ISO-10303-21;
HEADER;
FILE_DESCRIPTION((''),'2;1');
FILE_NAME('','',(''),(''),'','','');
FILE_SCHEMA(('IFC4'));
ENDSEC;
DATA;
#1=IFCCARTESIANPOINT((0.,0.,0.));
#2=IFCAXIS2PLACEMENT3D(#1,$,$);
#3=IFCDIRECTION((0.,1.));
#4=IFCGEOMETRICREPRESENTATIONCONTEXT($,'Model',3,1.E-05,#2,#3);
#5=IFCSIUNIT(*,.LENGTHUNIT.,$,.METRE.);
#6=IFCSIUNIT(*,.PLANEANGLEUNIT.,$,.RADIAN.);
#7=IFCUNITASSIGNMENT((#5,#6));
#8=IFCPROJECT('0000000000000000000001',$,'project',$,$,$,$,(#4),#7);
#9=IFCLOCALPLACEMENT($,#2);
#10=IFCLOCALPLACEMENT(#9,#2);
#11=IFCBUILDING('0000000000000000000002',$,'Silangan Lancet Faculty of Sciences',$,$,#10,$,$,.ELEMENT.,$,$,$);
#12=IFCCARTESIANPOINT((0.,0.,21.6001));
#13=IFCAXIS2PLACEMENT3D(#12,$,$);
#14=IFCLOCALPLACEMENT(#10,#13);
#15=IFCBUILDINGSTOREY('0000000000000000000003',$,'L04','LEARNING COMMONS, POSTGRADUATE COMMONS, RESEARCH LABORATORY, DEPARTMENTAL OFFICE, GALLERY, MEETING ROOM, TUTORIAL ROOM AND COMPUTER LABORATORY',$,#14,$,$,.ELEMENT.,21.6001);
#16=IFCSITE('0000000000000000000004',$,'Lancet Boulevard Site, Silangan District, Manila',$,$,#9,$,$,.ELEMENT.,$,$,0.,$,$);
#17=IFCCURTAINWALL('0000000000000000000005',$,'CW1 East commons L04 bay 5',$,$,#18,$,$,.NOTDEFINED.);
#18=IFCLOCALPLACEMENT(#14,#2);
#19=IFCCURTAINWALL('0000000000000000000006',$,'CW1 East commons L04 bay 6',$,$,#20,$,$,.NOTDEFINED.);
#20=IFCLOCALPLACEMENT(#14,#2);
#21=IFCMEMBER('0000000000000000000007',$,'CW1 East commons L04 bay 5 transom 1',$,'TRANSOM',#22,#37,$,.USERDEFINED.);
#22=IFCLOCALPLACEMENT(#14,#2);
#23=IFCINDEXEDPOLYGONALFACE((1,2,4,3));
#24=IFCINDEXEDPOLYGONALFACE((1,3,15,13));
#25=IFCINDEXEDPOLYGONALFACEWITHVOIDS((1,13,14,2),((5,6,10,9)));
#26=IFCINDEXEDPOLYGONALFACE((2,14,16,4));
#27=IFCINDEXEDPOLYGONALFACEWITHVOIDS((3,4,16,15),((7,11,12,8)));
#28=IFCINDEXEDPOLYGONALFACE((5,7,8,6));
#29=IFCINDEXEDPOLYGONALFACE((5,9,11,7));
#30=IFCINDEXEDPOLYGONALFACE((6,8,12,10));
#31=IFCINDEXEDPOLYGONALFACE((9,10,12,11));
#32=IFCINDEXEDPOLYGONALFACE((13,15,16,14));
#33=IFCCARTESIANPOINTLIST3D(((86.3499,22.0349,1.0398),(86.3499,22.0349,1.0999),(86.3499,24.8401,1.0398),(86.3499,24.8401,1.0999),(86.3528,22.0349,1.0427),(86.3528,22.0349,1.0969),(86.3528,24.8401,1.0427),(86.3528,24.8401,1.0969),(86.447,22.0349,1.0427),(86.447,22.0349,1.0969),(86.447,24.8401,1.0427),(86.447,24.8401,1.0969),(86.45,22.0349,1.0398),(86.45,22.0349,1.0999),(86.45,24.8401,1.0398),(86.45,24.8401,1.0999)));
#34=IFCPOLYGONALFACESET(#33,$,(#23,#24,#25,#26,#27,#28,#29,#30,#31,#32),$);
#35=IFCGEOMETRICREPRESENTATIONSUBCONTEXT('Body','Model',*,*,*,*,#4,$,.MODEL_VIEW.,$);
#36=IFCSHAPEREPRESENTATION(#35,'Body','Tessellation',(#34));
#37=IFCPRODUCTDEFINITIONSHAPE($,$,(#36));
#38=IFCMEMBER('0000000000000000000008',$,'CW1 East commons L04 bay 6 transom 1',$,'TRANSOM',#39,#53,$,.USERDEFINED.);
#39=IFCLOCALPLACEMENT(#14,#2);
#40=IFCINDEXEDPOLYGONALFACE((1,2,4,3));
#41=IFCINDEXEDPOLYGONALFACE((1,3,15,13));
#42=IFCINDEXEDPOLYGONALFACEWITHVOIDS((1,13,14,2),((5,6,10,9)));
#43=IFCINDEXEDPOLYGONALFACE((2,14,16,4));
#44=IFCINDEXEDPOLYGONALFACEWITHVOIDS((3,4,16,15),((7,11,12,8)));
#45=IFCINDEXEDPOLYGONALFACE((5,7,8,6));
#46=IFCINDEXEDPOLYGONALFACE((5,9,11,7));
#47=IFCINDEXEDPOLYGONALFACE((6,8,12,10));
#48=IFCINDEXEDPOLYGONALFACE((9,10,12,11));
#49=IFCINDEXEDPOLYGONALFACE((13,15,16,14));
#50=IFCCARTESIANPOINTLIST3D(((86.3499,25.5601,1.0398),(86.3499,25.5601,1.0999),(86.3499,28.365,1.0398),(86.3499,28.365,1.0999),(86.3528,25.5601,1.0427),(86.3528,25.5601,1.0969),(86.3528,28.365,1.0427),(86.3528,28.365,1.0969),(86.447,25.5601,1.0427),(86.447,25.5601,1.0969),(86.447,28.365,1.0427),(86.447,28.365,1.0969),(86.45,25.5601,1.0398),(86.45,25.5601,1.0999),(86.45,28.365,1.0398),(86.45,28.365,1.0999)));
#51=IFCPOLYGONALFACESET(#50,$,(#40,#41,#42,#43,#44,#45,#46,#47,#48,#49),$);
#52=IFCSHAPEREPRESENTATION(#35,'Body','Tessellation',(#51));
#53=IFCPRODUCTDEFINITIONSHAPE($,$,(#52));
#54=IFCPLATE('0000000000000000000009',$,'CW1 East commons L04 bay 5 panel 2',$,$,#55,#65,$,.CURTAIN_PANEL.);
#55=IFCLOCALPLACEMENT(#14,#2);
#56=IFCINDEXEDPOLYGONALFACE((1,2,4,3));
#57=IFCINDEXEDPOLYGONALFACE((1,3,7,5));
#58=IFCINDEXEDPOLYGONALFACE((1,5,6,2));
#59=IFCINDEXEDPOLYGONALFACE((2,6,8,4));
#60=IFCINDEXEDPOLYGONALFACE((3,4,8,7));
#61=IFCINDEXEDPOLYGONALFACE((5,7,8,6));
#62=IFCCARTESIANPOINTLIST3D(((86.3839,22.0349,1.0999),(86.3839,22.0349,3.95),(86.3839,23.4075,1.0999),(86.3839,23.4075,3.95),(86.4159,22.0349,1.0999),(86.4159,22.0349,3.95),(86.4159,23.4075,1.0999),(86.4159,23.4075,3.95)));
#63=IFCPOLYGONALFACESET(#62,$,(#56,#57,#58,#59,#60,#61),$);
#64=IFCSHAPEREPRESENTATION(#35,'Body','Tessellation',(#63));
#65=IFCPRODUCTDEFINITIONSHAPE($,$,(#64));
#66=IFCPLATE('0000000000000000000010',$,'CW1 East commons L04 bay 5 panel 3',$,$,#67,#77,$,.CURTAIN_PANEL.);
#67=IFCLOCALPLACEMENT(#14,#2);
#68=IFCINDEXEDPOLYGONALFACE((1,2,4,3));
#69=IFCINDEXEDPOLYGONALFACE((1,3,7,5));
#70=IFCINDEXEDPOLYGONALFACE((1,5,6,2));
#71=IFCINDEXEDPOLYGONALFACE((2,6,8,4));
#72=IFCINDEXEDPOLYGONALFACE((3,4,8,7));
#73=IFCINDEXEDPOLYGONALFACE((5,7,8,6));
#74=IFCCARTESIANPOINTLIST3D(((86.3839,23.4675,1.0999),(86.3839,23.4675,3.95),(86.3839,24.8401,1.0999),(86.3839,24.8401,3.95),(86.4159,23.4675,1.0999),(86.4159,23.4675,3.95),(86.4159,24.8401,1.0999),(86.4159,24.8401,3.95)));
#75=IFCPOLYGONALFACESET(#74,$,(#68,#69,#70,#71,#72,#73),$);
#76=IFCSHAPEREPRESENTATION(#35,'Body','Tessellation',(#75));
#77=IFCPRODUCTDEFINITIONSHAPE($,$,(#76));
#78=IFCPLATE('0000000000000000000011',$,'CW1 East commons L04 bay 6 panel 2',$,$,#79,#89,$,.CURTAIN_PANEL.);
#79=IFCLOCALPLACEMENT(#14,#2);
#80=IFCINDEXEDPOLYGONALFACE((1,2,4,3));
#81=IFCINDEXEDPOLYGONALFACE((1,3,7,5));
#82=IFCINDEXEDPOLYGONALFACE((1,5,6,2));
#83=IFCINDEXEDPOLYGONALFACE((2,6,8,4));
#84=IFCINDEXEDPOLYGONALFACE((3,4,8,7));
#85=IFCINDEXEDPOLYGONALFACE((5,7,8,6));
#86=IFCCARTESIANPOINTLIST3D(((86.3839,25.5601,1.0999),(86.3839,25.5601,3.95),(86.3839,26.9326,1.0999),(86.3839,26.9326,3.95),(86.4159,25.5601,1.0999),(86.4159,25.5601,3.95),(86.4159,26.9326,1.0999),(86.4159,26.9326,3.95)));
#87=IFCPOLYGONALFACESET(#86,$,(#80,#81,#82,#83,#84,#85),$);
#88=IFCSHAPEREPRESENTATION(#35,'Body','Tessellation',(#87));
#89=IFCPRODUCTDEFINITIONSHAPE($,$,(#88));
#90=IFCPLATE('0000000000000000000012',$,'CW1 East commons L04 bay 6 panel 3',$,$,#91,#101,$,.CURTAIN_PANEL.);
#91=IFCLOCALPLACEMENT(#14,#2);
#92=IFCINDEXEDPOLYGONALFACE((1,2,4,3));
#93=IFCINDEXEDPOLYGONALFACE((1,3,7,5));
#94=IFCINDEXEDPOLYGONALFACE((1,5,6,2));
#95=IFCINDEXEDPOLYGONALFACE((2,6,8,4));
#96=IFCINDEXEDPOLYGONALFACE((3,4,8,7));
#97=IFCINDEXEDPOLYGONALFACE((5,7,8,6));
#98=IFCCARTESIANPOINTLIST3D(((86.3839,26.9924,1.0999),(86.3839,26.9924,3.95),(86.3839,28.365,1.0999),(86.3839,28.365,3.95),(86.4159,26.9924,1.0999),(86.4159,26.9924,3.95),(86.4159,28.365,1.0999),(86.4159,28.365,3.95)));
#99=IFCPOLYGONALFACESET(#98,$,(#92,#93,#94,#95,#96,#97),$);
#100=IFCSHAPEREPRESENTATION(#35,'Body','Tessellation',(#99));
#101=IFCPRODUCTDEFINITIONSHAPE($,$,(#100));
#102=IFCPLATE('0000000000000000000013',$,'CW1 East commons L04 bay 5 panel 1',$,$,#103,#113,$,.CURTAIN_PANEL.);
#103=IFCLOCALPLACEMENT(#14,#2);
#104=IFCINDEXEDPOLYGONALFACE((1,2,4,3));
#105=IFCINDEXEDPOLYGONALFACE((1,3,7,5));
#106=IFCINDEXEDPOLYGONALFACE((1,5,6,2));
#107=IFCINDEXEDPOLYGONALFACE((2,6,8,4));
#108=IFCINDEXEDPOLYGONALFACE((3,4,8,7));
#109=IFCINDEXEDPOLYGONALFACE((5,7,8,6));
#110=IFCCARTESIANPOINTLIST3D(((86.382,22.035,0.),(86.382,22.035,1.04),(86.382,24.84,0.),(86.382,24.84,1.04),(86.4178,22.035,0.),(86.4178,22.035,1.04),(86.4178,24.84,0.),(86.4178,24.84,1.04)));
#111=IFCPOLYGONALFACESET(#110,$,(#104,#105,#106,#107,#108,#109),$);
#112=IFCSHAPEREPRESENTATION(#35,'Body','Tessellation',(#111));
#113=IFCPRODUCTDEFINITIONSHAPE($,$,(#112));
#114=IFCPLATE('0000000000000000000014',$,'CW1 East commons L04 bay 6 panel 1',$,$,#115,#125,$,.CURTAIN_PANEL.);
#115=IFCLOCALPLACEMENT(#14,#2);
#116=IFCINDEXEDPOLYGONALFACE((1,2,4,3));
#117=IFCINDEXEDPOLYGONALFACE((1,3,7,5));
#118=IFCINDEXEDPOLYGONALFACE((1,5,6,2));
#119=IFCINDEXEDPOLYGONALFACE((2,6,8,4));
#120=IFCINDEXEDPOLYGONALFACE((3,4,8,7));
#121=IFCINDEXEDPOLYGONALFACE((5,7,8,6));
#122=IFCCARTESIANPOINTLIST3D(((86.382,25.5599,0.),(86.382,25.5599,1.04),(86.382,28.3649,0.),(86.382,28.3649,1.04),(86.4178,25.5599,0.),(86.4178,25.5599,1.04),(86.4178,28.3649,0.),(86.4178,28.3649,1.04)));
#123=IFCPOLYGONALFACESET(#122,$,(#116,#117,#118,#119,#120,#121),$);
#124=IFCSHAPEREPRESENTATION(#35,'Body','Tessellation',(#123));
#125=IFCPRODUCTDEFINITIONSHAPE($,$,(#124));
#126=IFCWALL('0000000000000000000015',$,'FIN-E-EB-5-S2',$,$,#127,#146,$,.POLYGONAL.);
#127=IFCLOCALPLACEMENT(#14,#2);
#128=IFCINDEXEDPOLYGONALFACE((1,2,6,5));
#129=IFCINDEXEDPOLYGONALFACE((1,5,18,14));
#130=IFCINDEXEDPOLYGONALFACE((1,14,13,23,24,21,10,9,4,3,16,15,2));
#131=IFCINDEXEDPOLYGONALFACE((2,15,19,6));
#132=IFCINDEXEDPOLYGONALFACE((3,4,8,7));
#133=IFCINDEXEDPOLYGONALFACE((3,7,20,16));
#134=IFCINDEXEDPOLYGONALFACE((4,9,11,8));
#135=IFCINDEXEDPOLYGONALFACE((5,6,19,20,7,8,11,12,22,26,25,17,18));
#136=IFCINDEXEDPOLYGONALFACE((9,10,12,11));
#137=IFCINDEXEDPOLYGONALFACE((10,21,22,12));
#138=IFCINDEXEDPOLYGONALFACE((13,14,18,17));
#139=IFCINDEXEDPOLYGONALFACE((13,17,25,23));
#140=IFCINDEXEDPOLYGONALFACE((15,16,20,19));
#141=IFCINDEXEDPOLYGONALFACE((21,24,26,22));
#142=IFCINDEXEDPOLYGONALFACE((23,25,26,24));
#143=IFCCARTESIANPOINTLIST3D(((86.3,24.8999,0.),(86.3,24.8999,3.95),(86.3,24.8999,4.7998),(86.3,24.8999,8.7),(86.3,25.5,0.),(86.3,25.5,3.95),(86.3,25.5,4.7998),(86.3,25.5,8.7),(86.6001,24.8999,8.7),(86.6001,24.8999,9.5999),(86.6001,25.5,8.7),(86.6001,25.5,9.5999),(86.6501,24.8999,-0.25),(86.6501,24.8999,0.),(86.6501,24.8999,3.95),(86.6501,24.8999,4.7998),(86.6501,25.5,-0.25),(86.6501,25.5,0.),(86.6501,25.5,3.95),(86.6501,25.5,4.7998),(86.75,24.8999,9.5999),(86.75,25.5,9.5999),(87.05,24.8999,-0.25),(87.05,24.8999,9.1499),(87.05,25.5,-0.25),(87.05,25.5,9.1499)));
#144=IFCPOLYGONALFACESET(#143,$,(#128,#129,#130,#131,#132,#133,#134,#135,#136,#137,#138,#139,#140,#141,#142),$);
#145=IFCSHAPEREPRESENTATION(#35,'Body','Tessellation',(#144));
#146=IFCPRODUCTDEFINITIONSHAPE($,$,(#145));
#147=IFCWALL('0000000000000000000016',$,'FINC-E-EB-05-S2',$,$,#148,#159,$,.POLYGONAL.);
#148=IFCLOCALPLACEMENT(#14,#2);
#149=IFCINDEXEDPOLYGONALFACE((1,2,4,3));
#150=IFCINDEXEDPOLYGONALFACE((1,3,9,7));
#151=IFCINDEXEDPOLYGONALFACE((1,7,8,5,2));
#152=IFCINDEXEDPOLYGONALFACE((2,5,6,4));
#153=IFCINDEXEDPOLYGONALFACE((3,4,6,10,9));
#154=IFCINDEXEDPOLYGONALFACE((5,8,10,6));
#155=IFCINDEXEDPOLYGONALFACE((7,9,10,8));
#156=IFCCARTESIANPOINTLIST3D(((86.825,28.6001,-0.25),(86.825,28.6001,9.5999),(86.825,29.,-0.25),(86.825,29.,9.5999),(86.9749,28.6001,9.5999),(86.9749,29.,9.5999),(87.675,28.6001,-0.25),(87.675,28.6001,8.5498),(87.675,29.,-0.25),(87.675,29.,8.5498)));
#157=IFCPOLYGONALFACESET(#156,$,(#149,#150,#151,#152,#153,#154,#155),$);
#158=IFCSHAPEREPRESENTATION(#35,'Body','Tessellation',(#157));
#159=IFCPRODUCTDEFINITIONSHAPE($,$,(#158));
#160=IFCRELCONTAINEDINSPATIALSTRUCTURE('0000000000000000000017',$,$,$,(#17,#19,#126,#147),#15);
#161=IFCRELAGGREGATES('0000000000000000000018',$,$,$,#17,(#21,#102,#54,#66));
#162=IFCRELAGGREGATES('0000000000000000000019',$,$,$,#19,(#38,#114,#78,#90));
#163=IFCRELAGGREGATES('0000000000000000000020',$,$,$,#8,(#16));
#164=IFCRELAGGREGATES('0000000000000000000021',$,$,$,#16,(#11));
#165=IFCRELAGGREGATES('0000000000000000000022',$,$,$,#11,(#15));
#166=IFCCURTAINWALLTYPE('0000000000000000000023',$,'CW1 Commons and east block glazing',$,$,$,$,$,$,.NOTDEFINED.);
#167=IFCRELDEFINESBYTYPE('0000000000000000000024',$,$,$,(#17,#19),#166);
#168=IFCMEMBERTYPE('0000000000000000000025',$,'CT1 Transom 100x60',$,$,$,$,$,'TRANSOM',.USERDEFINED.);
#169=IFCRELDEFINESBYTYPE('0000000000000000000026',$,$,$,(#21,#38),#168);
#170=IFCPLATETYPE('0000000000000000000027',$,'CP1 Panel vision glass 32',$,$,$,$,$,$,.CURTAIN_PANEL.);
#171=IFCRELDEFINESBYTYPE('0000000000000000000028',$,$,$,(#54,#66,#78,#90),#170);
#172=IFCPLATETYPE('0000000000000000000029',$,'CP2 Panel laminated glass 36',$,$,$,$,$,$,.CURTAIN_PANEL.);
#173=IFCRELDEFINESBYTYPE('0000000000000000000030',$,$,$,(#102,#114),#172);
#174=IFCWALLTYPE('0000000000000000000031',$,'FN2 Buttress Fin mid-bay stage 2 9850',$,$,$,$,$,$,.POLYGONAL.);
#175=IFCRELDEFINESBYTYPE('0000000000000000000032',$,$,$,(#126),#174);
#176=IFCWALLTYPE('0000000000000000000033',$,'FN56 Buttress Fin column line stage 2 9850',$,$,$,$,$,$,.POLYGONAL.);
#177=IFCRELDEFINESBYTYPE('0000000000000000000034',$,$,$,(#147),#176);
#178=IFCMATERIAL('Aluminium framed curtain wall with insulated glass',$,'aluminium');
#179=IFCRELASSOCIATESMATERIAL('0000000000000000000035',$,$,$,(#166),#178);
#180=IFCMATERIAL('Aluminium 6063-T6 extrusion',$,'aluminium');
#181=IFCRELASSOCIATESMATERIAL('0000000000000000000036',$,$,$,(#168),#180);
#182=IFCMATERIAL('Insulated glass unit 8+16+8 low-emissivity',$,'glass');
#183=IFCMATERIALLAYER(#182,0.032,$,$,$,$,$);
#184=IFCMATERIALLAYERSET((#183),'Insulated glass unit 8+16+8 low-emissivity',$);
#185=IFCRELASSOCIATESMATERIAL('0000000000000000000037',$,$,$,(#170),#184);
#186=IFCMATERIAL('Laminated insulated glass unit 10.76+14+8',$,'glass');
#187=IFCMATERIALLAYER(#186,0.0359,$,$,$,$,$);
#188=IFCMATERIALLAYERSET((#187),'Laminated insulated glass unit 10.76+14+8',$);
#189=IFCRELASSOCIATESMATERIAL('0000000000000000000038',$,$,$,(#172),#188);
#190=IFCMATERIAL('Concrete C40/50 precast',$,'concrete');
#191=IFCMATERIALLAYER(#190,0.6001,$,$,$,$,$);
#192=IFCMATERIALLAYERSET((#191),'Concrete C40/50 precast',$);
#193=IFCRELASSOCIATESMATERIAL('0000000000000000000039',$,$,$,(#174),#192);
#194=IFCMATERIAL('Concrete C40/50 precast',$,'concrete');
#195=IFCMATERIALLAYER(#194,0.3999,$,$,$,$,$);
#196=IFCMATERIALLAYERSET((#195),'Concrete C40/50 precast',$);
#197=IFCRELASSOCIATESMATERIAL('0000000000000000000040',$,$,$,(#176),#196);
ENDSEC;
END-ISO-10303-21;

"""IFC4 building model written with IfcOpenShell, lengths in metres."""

from ifc_helpers import new_model, si_unit, direction, frame, origin, origin_2d, place, context, subcontext, project, spatial, polyline, rectangle, hollow_rectangle, outline, extrude, material, layer, layer_set, material_profile, profile_set, type_object, element, aggregate, save


model = new_model("IFC4")

# Units and contexts
model_context = context("Model", 3, precision=1e-05, world=origin(), true_north=direction((0.0, 1.0)))
body_context = subcontext(model_context, "Body", "Model", "MODEL_VIEW")
ifc_project = project(units=[si_unit("LENGTHUNIT", "METRE"), si_unit("PLANEANGLEUNIT", "RADIAN")], contexts=[model_context])

# Site, building, storey
site_placement = place(None, origin())
site = spatial("IfcSite", under=ifc_project, at=site_placement, Name="Lancet Boulevard Site, Silangan District, Manila", CompositionType="ELEMENT", RefElevation=0.0)
building_placement = place(site_placement, origin())
building = spatial("IfcBuilding", under=site, at=building_placement, Name="Silangan Lancet Faculty of Sciences", CompositionType="ELEMENT")
storey_placement = place(building_placement, frame((0.0, 0.0, 21.6001)))
storey = spatial("IfcBuildingStorey", under=building, at=storey_placement, Name="L04", Description="LEARNING COMMONS, POSTGRADUATE COMMONS, RESEARCH LABORATORY, DEPARTMENTAL OFFICE, GALLERY, MEETING ROOM, TUTORIAL ROOM AND COMPUTER LABORATORY", CompositionType="ELEMENT", Elevation=21.6001)

# Curtain walls
ifc_material_1 = material(Name="Aluminium framed curtain wall with insulated glass", Category="aluminium")
curtain_wall_type = type_object("IfcCurtainWallType", Name="CW1 Commons and east block glazing", PredefinedType="NOTDEFINED", material=ifc_material_1)
curtain_wall_1_placement = place(storey_placement, origin())
curtain_wall_1 = element("IfcCurtainWall", 1, at=curtain_wall_1_placement, inside=storey, type_object=curtain_wall_type, Name="CW1 East commons L04 bay 5", PredefinedType="NOTDEFINED")
curtain_wall_2_placement = place(storey_placement, origin())
curtain_wall_2 = element("IfcCurtainWall", 2, at=curtain_wall_2_placement, inside=storey, type_object=curtain_wall_type, Name="CW1 East commons L04 bay 6", PredefinedType="NOTDEFINED")

# Members
ifc_material_2 = material(Name="Aluminium 6063-T6 extrusion", Category="aluminium")
ifc_material_profile_1 = material_profile(ifc_material_2, hollow_rectangle(XDim=0.1001, YDim=0.0601, WallThickness=0.0029, at=origin_2d()), Name="AL BOX 100x60x3")
ifc_profile_set_1 = profile_set([ifc_material_profile_1], Name="Aluminium 6063-T6 extrusion")
member_type_1 = type_object("IfcMemberType", Name="CT1 Transom 100x60", ElementType="TRANSOM", PredefinedType="USERDEFINED", material=ifc_profile_set_1)
member_1_placement = place(storey_placement, frame((86.3999, 22.0349, 1.0698), z_axis=(0.0, 1.0, 0.0), x_axis=(-1.0, 0.0, 0.0)))
member_1 = element("IfcMember", 3, at=member_1_placement, type_object=member_type_1, Name="CW1 East commons L04 bay 5 transom 1", ObjectType="TRANSOM", PredefinedType="USERDEFINED", context=body_context, shape_type="SweptSolid", body=[
    extrude(hollow_rectangle(XDim=0.1001, YDim=0.0601, WallThickness=0.0029, at=origin_2d()), origin(), (0.0, 0.0, 1.0), 2.8052),
])
member_2_placement = place(storey_placement, frame((86.3999, 25.5601, 1.0698), z_axis=(0.0, 1.0, 0.0), x_axis=(-1.0, 0.0, 0.0)))
member_2 = element("IfcMember", 4, at=member_2_placement, type_object=member_type_1, Name="CW1 East commons L04 bay 6 transom 1", ObjectType="TRANSOM", PredefinedType="USERDEFINED", context=body_context, shape_type="SweptSolid", body=[
    extrude(hollow_rectangle(XDim=0.1001, YDim=0.0601, WallThickness=0.0029, at=origin_2d()), origin(), (0.0, 0.0, 1.0), 2.8049),
])

# Plates
ifc_material_3 = material(Name="Insulated glass unit 8+16+8 low-emissivity", Category="glass")
ifc_layer_1 = layer(ifc_material_3, 0.032)
ifc_layer_set_1 = layer_set([ifc_layer_1], Name="Insulated glass unit 8+16+8 low-emissivity")
plate_type_1 = type_object("IfcPlateType", Name="CP1 Panel vision glass 32", PredefinedType="CURTAIN_PANEL", material=ifc_layer_set_1)
plate_1_placement = place(storey_placement, frame((86.3999, 22.7212, 1.0999), z_axis=(0.0, 0.0, 1.0), x_axis=(0.0, 1.0, 0.0)))
plate_1 = element("IfcPlate", 5, at=plate_1_placement, type_object=plate_type_1, Name="CW1 East commons L04 bay 5 panel 2", PredefinedType="CURTAIN_PANEL", context=body_context, shape_type="SweptSolid", body=[
    extrude(rectangle(XDim=1.3726, YDim=0.032, at=origin_2d()), origin(), (0.0, 0.0, 1.0), 2.8501),
])
plate_2_placement = place(storey_placement, frame((86.3999, 24.1538, 1.0999), z_axis=(0.0, 0.0, 1.0), x_axis=(0.0, 1.0, 0.0)))
plate_2 = element("IfcPlate", 6, at=plate_2_placement, type_object=plate_type_1, Name="CW1 East commons L04 bay 5 panel 3", PredefinedType="CURTAIN_PANEL", context=body_context, shape_type="SweptSolid", body=[
    extrude(rectangle(XDim=1.3726, YDim=0.032, at=origin_2d()), origin(), (0.0, 0.0, 1.0), 2.8501),
])
plate_3_placement = place(storey_placement, frame((86.3999, 26.2463, 1.0999), z_axis=(0.0, 0.0, 1.0), x_axis=(0.0, 1.0, 0.0)))
plate_3 = element("IfcPlate", 7, at=plate_3_placement, type_object=plate_type_1, Name="CW1 East commons L04 bay 6 panel 2", PredefinedType="CURTAIN_PANEL", context=body_context, shape_type="SweptSolid", body=[
    extrude(rectangle(XDim=1.3726, YDim=0.032, at=origin_2d()), origin(), (0.0, 0.0, 1.0), 2.8501),
])
plate_4_placement = place(storey_placement, frame((86.3999, 27.6787, 1.0999), z_axis=(0.0, 0.0, 1.0), x_axis=(0.0, 1.0, 0.0)))
plate_4 = element("IfcPlate", 8, at=plate_4_placement, type_object=plate_type_1, Name="CW1 East commons L04 bay 6 panel 3", PredefinedType="CURTAIN_PANEL", context=body_context, shape_type="SweptSolid", body=[
    extrude(rectangle(XDim=1.3726, YDim=0.032, at=origin_2d()), origin(), (0.0, 0.0, 1.0), 2.8501),
])
ifc_material_4 = material(Name="Laminated insulated glass unit 10.76+14+8", Category="glass")
ifc_layer_2 = layer(ifc_material_4, 0.0359)
ifc_layer_set_2 = layer_set([ifc_layer_2], Name="Laminated insulated glass unit 10.76+14+8")
plate_type_2 = type_object("IfcPlateType", Name="CP2 Panel laminated glass 36", PredefinedType="CURTAIN_PANEL", material=ifc_layer_set_2)
plate_5_placement = place(storey_placement, frame((86.3999, 23.4375, 0.0), z_axis=(0.0, 0.0, 1.0), x_axis=(0.0, 1.0, 0.0)))
plate_5 = element("IfcPlate", 9, at=plate_5_placement, type_object=plate_type_2, Name="CW1 East commons L04 bay 5 panel 1", PredefinedType="CURTAIN_PANEL", context=body_context, shape_type="SweptSolid", body=[
    extrude(rectangle(XDim=2.8049, YDim=0.0359, at=origin_2d()), origin(), (0.0, 0.0, 1.0), 1.04),
])
aggregate(curtain_wall_1, [member_1, plate_5, plate_1, plate_2])
plate_6_placement = place(storey_placement, frame((86.3999, 26.9624, 0.0), z_axis=(0.0, 0.0, 1.0), x_axis=(0.0, 1.0, 0.0)))
plate_6 = element("IfcPlate", 10, at=plate_6_placement, type_object=plate_type_2, Name="CW1 East commons L04 bay 6 panel 1", PredefinedType="CURTAIN_PANEL", context=body_context, shape_type="SweptSolid", body=[
    extrude(rectangle(XDim=2.8049, YDim=0.0359, at=origin_2d()), origin(), (0.0, 0.0, 1.0), 1.04),
])
aggregate(curtain_wall_2, [member_2, plate_6, plate_3, plate_4])

# Walls
ifc_material_5 = material(Name="Concrete C40/50 precast", Category="concrete")
ifc_layer_3 = layer(ifc_material_5, 0.6001)
ifc_layer_set_3 = layer_set([ifc_layer_3], Name="Concrete C40/50 precast")
wall_type_1 = type_object("IfcWallType", Name="FN2 Buttress Fin mid-bay stage 2 9850", PredefinedType="POLYGONAL", material=ifc_layer_set_3)
wall_1_placement = place(storey_placement, frame((86.3, 25.2, -0.25), z_axis=(0.0, 0.0, 1.0), x_axis=(1.0, 0.0, 0.0)))
element("IfcWall", 11, at=wall_1_placement, inside=storey, type_object=wall_type_1, Name="FIN-E-EB-5-S2", PredefinedType="POLYGONAL", context=body_context, shape_type="SweptSolid", body=[
    extrude(outline(polyline([(0.75, 0.0), (0.75, 9.3999), (0.45, 9.8499), (0.3, 9.8499), (0.3, 8.95), (0.0, 8.95), (0.0, 5.0498), (0.3501, 5.0498), (0.3501, 4.2), (0.0, 4.2), (0.0, 0.25), (0.3501, 0.25), (0.3501, 0.0), (0.75, 0.0)])), frame((0.0, 0.3, 0.0), z_axis=(0.0, -1.0, 0.0), x_axis=(1.0, 0.0, 0.0)), (0.0, 0.0, 1.0), 0.6001),
])
ifc_material_6 = material(Name="Concrete C40/50 precast", Category="concrete")
ifc_layer_4 = layer(ifc_material_6, 0.3999)
ifc_layer_set_4 = layer_set([ifc_layer_4], Name="Concrete C40/50 precast")
wall_type_2 = type_object("IfcWallType", Name="FN56 Buttress Fin column line stage 2 9850", PredefinedType="POLYGONAL", material=ifc_layer_set_4)
wall_2_placement = place(storey_placement, frame((86.825, 28.8, -0.25), z_axis=(0.0, 0.0, 1.0), x_axis=(1.0, 0.0, 0.0)))
element("IfcWall", 12, at=wall_2_placement, inside=storey, type_object=wall_type_2, Name="FINC-E-EB-05-S2", PredefinedType="POLYGONAL", context=body_context, shape_type="SweptSolid", body=[
    extrude(outline(polyline([(0.8501, 0.0), (0.8501, 8.7998), (0.1499, 9.8499), (0.0, 9.8499), (0.0, 0.0), (0.8501, 0.0)])), frame((0.0, 0.2, 0.0), z_axis=(0.0, -1.0, 0.0), x_axis=(1.0, 0.0, 0.0)), (0.0, 0.0, 1.0), 0.3999),
])

save(model, "model.ifc")
